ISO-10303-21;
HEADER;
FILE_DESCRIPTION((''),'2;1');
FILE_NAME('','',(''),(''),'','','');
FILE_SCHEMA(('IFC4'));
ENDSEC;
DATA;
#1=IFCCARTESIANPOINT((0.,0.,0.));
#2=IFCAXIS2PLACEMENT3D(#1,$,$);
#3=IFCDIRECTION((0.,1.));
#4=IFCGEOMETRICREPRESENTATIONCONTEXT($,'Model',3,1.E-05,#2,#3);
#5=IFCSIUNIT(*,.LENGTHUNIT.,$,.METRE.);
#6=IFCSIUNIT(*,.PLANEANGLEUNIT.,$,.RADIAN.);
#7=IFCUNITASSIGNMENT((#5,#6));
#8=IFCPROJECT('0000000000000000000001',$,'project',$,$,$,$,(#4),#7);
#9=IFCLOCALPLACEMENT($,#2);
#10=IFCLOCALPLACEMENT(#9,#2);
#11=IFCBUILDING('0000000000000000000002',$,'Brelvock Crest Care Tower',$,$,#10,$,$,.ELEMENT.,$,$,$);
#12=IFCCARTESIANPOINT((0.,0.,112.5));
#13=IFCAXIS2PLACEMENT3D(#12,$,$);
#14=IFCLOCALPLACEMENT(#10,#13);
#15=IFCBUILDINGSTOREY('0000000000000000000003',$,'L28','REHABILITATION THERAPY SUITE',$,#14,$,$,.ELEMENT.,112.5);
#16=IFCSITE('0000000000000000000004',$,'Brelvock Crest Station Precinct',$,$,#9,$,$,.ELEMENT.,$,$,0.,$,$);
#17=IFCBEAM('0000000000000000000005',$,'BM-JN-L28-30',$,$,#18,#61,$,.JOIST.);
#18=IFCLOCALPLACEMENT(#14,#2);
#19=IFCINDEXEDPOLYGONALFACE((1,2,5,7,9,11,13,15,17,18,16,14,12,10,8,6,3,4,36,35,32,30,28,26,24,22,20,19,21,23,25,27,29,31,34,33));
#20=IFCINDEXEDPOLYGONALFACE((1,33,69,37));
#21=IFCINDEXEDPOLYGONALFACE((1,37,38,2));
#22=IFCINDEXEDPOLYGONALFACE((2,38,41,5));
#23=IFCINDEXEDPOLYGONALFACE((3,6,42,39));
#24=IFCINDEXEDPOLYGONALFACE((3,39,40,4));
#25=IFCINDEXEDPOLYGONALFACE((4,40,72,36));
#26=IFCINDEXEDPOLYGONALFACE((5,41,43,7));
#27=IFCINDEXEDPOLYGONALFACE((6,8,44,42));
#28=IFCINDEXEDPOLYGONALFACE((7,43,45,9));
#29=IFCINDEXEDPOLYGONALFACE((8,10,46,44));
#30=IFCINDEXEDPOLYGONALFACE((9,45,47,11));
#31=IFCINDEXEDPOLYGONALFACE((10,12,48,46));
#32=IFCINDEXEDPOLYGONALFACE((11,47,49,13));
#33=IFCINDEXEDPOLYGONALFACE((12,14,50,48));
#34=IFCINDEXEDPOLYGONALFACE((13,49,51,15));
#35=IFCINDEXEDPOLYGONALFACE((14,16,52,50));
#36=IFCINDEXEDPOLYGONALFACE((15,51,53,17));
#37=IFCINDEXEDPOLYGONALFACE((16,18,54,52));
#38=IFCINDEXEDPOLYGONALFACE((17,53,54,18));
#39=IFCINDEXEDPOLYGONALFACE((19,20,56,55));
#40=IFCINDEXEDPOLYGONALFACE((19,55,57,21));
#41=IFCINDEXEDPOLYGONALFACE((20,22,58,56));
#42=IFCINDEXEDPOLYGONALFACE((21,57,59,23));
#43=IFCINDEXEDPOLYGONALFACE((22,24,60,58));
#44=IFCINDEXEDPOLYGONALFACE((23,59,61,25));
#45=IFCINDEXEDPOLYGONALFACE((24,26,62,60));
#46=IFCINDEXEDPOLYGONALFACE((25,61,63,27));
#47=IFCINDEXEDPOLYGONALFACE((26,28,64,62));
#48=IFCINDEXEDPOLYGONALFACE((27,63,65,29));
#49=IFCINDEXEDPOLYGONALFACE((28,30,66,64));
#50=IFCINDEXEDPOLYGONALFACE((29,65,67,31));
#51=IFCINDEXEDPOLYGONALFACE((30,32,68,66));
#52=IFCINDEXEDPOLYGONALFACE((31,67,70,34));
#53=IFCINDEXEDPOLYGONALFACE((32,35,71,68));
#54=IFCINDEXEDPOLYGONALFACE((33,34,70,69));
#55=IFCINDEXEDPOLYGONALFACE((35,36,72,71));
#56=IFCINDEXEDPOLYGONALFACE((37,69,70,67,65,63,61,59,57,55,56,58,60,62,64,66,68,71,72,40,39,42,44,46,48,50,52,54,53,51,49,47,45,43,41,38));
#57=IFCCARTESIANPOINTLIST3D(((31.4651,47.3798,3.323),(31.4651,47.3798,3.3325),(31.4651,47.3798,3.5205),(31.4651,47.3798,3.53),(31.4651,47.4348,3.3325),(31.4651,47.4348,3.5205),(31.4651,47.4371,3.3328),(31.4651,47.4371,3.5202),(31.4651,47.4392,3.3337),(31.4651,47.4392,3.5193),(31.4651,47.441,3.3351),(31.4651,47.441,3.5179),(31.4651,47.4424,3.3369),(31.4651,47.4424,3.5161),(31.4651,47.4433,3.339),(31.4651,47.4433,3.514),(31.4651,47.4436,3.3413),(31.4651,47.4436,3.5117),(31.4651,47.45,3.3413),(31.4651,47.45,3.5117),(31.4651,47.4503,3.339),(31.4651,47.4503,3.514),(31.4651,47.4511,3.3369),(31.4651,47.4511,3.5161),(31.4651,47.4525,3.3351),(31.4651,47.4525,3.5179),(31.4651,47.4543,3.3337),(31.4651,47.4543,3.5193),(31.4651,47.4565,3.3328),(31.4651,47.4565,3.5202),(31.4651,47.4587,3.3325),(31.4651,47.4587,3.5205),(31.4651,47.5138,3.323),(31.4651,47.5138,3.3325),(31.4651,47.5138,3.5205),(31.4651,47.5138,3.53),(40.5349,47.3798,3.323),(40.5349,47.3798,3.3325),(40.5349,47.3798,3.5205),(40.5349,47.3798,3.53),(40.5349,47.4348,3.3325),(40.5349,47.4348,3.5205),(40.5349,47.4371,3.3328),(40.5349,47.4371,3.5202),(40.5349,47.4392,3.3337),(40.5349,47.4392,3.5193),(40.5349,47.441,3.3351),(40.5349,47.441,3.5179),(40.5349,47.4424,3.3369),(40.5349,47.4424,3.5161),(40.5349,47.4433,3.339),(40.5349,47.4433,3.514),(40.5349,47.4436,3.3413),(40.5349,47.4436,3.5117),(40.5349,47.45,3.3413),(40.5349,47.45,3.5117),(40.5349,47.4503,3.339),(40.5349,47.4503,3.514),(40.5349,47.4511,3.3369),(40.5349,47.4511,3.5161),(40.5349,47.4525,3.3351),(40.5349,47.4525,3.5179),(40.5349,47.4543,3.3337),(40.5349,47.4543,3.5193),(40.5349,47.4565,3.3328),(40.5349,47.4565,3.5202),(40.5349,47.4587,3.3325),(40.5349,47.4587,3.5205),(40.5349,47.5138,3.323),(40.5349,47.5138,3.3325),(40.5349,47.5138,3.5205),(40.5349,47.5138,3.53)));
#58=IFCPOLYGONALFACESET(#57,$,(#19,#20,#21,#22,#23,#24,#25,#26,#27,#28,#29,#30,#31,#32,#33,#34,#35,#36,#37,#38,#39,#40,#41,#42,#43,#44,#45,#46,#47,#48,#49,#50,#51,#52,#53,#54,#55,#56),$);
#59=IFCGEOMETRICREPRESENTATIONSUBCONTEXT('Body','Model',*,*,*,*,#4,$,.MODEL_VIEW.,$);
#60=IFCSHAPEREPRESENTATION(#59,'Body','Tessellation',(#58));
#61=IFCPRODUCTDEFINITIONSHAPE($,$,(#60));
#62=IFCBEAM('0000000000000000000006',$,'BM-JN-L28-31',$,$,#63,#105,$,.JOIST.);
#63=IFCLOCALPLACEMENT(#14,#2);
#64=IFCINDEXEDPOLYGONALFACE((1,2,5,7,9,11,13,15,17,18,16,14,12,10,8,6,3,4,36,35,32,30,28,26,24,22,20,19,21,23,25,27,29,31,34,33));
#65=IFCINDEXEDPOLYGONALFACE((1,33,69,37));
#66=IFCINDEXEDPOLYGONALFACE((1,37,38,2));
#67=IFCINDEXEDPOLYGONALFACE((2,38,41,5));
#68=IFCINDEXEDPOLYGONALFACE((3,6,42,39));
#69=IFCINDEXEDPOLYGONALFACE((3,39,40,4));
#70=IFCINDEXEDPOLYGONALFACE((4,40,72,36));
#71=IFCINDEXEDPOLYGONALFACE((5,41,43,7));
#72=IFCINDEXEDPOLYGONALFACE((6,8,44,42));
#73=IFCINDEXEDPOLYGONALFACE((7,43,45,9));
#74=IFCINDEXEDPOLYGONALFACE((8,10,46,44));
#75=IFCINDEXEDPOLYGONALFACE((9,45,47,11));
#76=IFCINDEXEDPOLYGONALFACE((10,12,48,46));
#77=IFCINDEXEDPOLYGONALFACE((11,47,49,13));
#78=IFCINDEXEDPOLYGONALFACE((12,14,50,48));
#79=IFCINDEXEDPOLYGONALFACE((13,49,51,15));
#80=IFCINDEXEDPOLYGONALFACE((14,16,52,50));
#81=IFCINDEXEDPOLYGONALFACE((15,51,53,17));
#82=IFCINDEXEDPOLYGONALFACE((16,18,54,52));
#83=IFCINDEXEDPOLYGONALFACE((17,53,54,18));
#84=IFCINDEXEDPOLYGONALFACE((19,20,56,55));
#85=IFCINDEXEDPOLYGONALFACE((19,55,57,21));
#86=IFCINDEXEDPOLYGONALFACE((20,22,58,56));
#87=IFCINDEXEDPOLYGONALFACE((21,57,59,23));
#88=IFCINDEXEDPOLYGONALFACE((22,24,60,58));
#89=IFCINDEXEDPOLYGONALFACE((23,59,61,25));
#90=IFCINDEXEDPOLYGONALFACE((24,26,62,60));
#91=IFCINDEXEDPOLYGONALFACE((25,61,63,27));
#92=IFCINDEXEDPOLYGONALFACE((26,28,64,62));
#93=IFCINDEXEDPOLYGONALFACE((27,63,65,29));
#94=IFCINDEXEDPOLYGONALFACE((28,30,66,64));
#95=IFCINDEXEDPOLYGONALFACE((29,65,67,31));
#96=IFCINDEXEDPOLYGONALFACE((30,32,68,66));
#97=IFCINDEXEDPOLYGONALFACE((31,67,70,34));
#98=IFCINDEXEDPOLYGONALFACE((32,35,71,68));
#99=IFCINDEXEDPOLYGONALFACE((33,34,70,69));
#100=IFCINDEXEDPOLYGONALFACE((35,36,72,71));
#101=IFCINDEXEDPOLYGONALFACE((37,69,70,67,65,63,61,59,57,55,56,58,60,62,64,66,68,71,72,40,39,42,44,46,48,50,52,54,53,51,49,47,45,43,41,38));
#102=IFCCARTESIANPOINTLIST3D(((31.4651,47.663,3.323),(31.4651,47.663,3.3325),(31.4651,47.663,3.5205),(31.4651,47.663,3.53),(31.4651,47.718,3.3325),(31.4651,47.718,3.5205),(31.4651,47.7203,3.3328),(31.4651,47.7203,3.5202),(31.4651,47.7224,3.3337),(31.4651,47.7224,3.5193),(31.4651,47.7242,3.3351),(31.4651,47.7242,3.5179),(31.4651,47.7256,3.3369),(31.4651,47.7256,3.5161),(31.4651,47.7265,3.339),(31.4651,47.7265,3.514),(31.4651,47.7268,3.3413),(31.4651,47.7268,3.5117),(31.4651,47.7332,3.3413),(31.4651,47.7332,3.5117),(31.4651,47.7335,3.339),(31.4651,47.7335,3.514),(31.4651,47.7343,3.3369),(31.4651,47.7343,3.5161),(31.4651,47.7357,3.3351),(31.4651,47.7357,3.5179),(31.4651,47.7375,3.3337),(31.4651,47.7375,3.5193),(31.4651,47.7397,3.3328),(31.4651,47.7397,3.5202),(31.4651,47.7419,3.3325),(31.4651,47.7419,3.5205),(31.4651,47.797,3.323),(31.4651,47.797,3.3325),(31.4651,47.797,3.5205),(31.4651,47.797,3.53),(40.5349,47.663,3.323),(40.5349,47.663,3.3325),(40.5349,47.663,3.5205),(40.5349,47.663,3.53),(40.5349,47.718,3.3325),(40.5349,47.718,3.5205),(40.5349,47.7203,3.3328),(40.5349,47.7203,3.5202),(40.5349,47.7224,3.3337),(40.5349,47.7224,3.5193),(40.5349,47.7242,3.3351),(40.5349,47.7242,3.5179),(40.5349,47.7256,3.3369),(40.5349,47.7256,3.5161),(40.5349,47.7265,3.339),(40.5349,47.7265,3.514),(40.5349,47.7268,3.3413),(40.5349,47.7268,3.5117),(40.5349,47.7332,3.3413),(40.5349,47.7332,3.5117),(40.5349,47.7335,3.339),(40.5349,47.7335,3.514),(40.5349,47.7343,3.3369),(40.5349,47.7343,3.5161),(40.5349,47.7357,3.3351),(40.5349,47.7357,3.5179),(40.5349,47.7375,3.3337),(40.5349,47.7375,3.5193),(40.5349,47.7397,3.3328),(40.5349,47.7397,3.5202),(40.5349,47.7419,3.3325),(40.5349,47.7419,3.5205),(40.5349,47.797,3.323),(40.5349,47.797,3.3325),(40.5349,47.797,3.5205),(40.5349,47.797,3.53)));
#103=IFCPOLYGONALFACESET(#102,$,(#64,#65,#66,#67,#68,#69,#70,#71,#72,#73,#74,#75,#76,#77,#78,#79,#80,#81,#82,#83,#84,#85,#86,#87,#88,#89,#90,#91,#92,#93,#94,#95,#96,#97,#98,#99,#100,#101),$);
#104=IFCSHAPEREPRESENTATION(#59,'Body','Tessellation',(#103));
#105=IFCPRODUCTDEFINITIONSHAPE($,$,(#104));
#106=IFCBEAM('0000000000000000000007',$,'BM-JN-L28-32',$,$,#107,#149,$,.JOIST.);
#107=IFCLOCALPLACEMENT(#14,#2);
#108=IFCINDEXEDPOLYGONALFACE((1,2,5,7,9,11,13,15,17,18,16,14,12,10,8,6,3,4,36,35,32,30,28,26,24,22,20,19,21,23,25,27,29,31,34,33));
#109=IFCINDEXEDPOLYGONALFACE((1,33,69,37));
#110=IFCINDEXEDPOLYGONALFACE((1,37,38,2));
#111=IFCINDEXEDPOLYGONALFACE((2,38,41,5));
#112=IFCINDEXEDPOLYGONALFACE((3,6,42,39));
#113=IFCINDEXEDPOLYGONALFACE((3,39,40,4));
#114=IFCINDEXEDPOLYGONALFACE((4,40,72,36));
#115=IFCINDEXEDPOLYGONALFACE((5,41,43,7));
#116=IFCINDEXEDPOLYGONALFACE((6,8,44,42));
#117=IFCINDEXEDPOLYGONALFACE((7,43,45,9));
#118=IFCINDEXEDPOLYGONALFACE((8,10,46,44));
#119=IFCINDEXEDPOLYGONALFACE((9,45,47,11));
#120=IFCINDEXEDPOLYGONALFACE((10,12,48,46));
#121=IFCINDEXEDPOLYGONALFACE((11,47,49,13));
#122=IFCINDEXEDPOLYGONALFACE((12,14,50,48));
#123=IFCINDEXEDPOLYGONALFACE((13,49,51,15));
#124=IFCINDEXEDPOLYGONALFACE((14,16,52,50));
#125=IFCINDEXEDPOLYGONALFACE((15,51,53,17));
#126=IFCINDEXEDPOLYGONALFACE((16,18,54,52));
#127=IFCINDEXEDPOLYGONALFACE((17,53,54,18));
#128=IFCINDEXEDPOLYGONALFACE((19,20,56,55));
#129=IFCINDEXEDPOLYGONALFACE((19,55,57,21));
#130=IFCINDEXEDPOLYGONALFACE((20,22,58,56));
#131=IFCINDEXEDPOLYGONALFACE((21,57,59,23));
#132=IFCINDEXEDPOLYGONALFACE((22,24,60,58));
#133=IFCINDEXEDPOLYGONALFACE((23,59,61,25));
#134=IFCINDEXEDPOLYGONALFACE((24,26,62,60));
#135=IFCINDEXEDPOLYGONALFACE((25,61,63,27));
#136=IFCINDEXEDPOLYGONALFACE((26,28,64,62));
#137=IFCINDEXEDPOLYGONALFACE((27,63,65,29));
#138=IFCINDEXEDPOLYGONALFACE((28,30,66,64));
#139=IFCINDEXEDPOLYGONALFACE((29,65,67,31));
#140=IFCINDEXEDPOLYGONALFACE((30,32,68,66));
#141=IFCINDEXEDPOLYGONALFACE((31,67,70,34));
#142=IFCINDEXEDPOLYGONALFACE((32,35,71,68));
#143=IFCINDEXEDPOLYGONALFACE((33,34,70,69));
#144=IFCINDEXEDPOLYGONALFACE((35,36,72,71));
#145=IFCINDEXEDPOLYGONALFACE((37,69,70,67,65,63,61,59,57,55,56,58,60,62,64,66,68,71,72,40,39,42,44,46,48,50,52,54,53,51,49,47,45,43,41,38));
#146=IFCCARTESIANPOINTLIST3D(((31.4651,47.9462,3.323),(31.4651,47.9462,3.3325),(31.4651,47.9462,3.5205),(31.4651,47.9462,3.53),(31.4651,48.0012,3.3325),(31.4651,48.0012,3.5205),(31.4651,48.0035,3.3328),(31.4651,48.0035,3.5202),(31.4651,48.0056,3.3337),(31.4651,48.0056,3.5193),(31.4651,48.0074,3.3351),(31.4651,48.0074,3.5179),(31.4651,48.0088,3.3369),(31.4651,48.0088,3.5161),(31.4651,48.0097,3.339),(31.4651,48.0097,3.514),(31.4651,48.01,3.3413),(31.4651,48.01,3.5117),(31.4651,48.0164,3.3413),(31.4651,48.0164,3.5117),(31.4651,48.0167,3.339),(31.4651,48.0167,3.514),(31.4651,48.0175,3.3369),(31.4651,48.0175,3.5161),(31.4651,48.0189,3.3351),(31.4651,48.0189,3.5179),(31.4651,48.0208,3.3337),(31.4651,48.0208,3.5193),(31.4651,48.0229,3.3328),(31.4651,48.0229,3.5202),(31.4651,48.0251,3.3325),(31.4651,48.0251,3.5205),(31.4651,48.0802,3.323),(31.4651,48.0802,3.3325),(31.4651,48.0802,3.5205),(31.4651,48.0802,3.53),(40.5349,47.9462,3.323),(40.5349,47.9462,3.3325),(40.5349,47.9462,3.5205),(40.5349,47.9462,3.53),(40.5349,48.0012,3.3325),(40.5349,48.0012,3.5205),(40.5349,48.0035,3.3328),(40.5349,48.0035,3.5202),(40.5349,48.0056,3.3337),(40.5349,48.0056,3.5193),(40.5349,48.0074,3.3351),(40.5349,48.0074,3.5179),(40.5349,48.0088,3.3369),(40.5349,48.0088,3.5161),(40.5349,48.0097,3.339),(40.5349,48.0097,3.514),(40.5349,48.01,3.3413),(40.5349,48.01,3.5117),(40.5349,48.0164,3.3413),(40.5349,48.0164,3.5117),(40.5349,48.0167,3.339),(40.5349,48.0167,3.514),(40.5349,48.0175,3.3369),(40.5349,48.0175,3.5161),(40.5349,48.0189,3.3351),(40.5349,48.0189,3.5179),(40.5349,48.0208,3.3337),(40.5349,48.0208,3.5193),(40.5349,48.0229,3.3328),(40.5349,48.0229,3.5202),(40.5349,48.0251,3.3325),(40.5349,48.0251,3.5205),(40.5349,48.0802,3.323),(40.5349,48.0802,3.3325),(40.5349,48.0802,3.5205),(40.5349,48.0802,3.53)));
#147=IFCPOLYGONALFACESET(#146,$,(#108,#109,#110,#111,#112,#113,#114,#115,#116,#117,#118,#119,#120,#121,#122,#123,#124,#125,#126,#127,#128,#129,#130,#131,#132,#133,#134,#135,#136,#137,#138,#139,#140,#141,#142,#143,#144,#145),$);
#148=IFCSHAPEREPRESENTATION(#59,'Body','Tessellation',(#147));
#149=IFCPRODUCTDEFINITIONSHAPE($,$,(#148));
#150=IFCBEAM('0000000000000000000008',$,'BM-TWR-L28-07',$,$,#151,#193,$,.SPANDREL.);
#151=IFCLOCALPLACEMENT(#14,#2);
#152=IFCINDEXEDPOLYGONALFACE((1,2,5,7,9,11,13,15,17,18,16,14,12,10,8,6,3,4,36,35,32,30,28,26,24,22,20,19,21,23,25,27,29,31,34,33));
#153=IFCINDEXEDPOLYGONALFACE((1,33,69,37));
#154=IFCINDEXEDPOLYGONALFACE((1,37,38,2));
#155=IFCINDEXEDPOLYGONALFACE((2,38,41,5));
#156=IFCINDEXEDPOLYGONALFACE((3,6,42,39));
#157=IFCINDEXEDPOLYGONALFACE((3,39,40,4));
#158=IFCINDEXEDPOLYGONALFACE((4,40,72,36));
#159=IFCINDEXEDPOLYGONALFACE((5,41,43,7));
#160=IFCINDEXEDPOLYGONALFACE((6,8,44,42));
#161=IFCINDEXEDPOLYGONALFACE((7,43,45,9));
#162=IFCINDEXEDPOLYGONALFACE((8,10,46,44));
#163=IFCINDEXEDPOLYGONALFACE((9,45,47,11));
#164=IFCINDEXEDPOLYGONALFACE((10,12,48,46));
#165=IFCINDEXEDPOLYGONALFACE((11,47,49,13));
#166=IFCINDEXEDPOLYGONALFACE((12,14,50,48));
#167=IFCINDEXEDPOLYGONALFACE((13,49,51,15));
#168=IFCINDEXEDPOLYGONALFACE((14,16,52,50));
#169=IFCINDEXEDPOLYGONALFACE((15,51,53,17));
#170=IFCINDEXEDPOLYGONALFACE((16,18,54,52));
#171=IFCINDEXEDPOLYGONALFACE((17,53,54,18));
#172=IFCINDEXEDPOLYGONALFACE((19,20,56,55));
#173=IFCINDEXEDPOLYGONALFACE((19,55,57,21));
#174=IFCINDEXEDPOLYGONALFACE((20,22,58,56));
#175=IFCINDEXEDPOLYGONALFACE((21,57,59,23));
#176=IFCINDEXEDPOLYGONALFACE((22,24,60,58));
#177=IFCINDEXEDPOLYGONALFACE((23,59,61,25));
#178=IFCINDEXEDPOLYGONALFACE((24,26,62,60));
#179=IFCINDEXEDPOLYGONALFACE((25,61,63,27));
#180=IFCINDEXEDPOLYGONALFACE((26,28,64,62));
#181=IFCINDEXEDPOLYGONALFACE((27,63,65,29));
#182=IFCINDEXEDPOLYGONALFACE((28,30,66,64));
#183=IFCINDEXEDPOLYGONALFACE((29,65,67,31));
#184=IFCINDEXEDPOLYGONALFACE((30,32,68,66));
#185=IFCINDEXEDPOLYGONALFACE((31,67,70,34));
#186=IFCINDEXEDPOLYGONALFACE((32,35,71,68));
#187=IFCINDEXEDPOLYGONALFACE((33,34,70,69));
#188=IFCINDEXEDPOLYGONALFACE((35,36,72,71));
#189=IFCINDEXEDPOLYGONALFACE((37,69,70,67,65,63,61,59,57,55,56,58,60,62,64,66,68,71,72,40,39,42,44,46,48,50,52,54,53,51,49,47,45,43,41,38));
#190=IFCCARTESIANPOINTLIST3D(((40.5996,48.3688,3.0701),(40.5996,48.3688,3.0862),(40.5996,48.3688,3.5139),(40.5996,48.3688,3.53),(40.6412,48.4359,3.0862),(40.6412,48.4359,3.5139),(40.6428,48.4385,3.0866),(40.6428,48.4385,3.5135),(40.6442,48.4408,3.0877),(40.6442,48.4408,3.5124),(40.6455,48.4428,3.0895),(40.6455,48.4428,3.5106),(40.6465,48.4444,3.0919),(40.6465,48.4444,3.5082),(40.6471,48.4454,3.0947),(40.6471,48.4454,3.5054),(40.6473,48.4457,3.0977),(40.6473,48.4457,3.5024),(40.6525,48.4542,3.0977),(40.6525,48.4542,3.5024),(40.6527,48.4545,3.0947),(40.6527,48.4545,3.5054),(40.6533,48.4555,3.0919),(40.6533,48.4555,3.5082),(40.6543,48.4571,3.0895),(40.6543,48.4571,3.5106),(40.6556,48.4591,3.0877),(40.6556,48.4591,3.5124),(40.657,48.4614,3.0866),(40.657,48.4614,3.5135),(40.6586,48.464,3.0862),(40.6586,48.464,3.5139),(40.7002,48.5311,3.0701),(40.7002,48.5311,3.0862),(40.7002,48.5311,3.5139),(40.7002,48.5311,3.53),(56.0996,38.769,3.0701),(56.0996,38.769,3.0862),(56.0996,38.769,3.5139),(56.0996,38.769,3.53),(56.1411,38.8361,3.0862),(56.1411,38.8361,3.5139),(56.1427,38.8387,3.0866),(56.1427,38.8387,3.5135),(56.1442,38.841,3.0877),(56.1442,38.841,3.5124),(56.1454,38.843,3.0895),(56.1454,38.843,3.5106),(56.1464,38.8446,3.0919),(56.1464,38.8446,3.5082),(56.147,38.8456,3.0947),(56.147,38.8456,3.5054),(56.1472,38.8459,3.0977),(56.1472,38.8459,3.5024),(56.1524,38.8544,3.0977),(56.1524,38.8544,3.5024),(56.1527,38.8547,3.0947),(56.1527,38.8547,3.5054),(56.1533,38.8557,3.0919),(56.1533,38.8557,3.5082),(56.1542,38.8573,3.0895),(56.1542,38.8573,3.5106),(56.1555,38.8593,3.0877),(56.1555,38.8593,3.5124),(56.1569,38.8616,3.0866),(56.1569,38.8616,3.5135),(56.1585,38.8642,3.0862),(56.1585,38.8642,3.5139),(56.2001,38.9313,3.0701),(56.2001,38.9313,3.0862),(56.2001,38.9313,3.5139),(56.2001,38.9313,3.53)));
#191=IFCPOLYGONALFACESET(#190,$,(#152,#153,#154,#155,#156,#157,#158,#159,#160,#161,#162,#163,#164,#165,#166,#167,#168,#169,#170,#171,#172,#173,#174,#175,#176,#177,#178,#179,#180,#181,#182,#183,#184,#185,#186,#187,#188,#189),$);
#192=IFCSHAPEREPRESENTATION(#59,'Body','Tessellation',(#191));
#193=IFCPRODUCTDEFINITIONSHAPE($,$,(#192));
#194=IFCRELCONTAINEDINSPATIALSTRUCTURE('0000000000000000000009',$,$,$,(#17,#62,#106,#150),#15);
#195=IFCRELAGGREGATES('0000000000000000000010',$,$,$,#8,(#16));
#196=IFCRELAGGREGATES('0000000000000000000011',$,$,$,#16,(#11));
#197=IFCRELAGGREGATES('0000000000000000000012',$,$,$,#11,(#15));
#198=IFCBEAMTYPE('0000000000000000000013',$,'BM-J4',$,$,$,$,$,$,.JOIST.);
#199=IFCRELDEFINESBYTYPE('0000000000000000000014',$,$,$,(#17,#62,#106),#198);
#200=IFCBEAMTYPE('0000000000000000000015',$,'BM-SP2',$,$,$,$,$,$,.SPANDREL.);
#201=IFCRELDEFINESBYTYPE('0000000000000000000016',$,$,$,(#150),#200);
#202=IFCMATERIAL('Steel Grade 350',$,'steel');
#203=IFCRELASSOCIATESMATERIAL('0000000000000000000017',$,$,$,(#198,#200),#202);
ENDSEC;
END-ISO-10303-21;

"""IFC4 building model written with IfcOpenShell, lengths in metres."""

from ifc_helpers import new_model, si_unit, direction, frame, origin, origin_2d, place, context, subcontext, project, spatial, i_section, extrude, source, transform, mapped, material, material_profile, profile_set, type_object, element, save


model = new_model("IFC4")

# Units and contexts
model_context = context("Model", 3, precision=1e-05, world=origin(), true_north=direction((0.0, 1.0)))
body_context = subcontext(model_context, "Body", "Model", "MODEL_VIEW")
ifc_project = project(units=[si_unit("LENGTHUNIT", "METRE"), si_unit("PLANEANGLEUNIT", "RADIAN")], contexts=[model_context])

# Site, building, storey
site_placement = place(None, origin())
site = spatial("IfcSite", under=ifc_project, at=site_placement, Name="Brelvock Crest Station Precinct", CompositionType="ELEMENT", RefElevation=0.0)
building_placement = place(site_placement, origin())
building = spatial("IfcBuilding", under=site, at=building_placement, Name="Brelvock Crest Care Tower", CompositionType="ELEMENT")
storey_placement = place(building_placement, frame((0.0, 0.0, 112.5)))
storey = spatial("IfcBuildingStorey", under=building, at=storey_placement, Name="L28", Description="REHABILITATION THERAPY SUITE", CompositionType="ELEMENT", Elevation=112.5)

# Shared definitions
ifc_material_1 = material(Name="Steel Grade 350", Category="steel")

# Beams
ifc_material_profile_1 = material_profile(ifc_material_1, i_section(OverallWidth=0.134, OverallDepth=0.207, WebThickness=0.0063, FlangeThickness=0.0095, FilletRadius=0.0088, at=origin_2d()), Name="200UB29.8")
ifc_profile_set_1 = profile_set([ifc_material_profile_1], Name="Steel Grade 350")
beam_type_1 = type_object("IfcBeamType", Name="BM-J4", PredefinedType="JOIST", material=ifc_profile_set_1)
shared_shape_1 = source(origin(), body_context, "Body", "SweptSolid", [
    extrude(i_section(OverallWidth=0.134, OverallDepth=0.207, WebThickness=0.0063, FlangeThickness=0.0095, FilletRadius=0.0088, at=origin_2d()), origin(), (0.0, 0.0, 1.0), 9.0698),
])
for number, where, z_axis, x_axis, name in (
    (1, (31.4651, 47.4468, 3.4265), (1.0, 0.0, 0.0), (0.0, 1.0, 0.0), "BM-JN-L28-30"),
    (2, (31.4651, 47.73, 3.4265), (1.0, 0.0, 0.0), (0.0, 1.0, 0.0), "BM-JN-L28-31"),
    (3, (31.4651, 48.0132, 3.4265), (1.0, 0.0, 0.0), (0.0, 1.0, 0.0), "BM-JN-L28-32"),
):
    element("IfcBeam", number, at=place(storey_placement, frame(where, z_axis=z_axis, x_axis=x_axis)), inside=storey, type_object=beam_type_1, Name=name, PredefinedType="JOIST", context=body_context, shape_type="MappedRepresentation", body=[
        mapped(shared_shape_1, transform((0.0, 0.0, 0.0), x_axis=(1.0, 0.0, 0.0), y_axis=(0.0, 1.0, 0.0), z_axis=(0.0, 0.0, 1.0), scale=1.0)),
    ])
ifc_material_profile_2 = material_profile(ifc_material_1, i_section(OverallWidth=0.1909, OverallDepth=0.46, WebThickness=0.01, FlangeThickness=0.0161, FilletRadius=0.0115, at=origin_2d()), Name="460UB82.1")
ifc_profile_set_2 = profile_set([ifc_material_profile_2], Name="Steel Grade 350")
beam_type_2 = type_object("IfcBeamType", Name="BM-SP2", PredefinedType="SPANDREL", material=ifc_profile_set_2)
shared_shape_2 = source(origin(), body_context, "Body", "SweptSolid", [
    extrude(i_section(OverallWidth=0.1909, OverallDepth=0.46, WebThickness=0.01, FlangeThickness=0.0161, FilletRadius=0.0115, at=origin_2d()), origin(), (0.0, 0.0, 1.0), 18.2319),
])
beam_placement = place(storey_placement, frame((40.6499, 48.45, 3.3), z_axis=(0.850152, -0.526538, 0.0), x_axis=(0.526538, 0.850152, 0.0)))
element("IfcBeam", 4, at=beam_placement, inside=storey, type_object=beam_type_2, Name="BM-TWR-L28-07", PredefinedType="SPANDREL", context=body_context, shape_type="MappedRepresentation", body=[
    mapped(shared_shape_2, transform((0.0, 0.0, 0.0), x_axis=(1.0, 0.0, 0.0), y_axis=(0.0, 1.0, 0.0), z_axis=(0.0, 0.0, 1.0), scale=1.0)),
])

save(model, "model.ifc")
